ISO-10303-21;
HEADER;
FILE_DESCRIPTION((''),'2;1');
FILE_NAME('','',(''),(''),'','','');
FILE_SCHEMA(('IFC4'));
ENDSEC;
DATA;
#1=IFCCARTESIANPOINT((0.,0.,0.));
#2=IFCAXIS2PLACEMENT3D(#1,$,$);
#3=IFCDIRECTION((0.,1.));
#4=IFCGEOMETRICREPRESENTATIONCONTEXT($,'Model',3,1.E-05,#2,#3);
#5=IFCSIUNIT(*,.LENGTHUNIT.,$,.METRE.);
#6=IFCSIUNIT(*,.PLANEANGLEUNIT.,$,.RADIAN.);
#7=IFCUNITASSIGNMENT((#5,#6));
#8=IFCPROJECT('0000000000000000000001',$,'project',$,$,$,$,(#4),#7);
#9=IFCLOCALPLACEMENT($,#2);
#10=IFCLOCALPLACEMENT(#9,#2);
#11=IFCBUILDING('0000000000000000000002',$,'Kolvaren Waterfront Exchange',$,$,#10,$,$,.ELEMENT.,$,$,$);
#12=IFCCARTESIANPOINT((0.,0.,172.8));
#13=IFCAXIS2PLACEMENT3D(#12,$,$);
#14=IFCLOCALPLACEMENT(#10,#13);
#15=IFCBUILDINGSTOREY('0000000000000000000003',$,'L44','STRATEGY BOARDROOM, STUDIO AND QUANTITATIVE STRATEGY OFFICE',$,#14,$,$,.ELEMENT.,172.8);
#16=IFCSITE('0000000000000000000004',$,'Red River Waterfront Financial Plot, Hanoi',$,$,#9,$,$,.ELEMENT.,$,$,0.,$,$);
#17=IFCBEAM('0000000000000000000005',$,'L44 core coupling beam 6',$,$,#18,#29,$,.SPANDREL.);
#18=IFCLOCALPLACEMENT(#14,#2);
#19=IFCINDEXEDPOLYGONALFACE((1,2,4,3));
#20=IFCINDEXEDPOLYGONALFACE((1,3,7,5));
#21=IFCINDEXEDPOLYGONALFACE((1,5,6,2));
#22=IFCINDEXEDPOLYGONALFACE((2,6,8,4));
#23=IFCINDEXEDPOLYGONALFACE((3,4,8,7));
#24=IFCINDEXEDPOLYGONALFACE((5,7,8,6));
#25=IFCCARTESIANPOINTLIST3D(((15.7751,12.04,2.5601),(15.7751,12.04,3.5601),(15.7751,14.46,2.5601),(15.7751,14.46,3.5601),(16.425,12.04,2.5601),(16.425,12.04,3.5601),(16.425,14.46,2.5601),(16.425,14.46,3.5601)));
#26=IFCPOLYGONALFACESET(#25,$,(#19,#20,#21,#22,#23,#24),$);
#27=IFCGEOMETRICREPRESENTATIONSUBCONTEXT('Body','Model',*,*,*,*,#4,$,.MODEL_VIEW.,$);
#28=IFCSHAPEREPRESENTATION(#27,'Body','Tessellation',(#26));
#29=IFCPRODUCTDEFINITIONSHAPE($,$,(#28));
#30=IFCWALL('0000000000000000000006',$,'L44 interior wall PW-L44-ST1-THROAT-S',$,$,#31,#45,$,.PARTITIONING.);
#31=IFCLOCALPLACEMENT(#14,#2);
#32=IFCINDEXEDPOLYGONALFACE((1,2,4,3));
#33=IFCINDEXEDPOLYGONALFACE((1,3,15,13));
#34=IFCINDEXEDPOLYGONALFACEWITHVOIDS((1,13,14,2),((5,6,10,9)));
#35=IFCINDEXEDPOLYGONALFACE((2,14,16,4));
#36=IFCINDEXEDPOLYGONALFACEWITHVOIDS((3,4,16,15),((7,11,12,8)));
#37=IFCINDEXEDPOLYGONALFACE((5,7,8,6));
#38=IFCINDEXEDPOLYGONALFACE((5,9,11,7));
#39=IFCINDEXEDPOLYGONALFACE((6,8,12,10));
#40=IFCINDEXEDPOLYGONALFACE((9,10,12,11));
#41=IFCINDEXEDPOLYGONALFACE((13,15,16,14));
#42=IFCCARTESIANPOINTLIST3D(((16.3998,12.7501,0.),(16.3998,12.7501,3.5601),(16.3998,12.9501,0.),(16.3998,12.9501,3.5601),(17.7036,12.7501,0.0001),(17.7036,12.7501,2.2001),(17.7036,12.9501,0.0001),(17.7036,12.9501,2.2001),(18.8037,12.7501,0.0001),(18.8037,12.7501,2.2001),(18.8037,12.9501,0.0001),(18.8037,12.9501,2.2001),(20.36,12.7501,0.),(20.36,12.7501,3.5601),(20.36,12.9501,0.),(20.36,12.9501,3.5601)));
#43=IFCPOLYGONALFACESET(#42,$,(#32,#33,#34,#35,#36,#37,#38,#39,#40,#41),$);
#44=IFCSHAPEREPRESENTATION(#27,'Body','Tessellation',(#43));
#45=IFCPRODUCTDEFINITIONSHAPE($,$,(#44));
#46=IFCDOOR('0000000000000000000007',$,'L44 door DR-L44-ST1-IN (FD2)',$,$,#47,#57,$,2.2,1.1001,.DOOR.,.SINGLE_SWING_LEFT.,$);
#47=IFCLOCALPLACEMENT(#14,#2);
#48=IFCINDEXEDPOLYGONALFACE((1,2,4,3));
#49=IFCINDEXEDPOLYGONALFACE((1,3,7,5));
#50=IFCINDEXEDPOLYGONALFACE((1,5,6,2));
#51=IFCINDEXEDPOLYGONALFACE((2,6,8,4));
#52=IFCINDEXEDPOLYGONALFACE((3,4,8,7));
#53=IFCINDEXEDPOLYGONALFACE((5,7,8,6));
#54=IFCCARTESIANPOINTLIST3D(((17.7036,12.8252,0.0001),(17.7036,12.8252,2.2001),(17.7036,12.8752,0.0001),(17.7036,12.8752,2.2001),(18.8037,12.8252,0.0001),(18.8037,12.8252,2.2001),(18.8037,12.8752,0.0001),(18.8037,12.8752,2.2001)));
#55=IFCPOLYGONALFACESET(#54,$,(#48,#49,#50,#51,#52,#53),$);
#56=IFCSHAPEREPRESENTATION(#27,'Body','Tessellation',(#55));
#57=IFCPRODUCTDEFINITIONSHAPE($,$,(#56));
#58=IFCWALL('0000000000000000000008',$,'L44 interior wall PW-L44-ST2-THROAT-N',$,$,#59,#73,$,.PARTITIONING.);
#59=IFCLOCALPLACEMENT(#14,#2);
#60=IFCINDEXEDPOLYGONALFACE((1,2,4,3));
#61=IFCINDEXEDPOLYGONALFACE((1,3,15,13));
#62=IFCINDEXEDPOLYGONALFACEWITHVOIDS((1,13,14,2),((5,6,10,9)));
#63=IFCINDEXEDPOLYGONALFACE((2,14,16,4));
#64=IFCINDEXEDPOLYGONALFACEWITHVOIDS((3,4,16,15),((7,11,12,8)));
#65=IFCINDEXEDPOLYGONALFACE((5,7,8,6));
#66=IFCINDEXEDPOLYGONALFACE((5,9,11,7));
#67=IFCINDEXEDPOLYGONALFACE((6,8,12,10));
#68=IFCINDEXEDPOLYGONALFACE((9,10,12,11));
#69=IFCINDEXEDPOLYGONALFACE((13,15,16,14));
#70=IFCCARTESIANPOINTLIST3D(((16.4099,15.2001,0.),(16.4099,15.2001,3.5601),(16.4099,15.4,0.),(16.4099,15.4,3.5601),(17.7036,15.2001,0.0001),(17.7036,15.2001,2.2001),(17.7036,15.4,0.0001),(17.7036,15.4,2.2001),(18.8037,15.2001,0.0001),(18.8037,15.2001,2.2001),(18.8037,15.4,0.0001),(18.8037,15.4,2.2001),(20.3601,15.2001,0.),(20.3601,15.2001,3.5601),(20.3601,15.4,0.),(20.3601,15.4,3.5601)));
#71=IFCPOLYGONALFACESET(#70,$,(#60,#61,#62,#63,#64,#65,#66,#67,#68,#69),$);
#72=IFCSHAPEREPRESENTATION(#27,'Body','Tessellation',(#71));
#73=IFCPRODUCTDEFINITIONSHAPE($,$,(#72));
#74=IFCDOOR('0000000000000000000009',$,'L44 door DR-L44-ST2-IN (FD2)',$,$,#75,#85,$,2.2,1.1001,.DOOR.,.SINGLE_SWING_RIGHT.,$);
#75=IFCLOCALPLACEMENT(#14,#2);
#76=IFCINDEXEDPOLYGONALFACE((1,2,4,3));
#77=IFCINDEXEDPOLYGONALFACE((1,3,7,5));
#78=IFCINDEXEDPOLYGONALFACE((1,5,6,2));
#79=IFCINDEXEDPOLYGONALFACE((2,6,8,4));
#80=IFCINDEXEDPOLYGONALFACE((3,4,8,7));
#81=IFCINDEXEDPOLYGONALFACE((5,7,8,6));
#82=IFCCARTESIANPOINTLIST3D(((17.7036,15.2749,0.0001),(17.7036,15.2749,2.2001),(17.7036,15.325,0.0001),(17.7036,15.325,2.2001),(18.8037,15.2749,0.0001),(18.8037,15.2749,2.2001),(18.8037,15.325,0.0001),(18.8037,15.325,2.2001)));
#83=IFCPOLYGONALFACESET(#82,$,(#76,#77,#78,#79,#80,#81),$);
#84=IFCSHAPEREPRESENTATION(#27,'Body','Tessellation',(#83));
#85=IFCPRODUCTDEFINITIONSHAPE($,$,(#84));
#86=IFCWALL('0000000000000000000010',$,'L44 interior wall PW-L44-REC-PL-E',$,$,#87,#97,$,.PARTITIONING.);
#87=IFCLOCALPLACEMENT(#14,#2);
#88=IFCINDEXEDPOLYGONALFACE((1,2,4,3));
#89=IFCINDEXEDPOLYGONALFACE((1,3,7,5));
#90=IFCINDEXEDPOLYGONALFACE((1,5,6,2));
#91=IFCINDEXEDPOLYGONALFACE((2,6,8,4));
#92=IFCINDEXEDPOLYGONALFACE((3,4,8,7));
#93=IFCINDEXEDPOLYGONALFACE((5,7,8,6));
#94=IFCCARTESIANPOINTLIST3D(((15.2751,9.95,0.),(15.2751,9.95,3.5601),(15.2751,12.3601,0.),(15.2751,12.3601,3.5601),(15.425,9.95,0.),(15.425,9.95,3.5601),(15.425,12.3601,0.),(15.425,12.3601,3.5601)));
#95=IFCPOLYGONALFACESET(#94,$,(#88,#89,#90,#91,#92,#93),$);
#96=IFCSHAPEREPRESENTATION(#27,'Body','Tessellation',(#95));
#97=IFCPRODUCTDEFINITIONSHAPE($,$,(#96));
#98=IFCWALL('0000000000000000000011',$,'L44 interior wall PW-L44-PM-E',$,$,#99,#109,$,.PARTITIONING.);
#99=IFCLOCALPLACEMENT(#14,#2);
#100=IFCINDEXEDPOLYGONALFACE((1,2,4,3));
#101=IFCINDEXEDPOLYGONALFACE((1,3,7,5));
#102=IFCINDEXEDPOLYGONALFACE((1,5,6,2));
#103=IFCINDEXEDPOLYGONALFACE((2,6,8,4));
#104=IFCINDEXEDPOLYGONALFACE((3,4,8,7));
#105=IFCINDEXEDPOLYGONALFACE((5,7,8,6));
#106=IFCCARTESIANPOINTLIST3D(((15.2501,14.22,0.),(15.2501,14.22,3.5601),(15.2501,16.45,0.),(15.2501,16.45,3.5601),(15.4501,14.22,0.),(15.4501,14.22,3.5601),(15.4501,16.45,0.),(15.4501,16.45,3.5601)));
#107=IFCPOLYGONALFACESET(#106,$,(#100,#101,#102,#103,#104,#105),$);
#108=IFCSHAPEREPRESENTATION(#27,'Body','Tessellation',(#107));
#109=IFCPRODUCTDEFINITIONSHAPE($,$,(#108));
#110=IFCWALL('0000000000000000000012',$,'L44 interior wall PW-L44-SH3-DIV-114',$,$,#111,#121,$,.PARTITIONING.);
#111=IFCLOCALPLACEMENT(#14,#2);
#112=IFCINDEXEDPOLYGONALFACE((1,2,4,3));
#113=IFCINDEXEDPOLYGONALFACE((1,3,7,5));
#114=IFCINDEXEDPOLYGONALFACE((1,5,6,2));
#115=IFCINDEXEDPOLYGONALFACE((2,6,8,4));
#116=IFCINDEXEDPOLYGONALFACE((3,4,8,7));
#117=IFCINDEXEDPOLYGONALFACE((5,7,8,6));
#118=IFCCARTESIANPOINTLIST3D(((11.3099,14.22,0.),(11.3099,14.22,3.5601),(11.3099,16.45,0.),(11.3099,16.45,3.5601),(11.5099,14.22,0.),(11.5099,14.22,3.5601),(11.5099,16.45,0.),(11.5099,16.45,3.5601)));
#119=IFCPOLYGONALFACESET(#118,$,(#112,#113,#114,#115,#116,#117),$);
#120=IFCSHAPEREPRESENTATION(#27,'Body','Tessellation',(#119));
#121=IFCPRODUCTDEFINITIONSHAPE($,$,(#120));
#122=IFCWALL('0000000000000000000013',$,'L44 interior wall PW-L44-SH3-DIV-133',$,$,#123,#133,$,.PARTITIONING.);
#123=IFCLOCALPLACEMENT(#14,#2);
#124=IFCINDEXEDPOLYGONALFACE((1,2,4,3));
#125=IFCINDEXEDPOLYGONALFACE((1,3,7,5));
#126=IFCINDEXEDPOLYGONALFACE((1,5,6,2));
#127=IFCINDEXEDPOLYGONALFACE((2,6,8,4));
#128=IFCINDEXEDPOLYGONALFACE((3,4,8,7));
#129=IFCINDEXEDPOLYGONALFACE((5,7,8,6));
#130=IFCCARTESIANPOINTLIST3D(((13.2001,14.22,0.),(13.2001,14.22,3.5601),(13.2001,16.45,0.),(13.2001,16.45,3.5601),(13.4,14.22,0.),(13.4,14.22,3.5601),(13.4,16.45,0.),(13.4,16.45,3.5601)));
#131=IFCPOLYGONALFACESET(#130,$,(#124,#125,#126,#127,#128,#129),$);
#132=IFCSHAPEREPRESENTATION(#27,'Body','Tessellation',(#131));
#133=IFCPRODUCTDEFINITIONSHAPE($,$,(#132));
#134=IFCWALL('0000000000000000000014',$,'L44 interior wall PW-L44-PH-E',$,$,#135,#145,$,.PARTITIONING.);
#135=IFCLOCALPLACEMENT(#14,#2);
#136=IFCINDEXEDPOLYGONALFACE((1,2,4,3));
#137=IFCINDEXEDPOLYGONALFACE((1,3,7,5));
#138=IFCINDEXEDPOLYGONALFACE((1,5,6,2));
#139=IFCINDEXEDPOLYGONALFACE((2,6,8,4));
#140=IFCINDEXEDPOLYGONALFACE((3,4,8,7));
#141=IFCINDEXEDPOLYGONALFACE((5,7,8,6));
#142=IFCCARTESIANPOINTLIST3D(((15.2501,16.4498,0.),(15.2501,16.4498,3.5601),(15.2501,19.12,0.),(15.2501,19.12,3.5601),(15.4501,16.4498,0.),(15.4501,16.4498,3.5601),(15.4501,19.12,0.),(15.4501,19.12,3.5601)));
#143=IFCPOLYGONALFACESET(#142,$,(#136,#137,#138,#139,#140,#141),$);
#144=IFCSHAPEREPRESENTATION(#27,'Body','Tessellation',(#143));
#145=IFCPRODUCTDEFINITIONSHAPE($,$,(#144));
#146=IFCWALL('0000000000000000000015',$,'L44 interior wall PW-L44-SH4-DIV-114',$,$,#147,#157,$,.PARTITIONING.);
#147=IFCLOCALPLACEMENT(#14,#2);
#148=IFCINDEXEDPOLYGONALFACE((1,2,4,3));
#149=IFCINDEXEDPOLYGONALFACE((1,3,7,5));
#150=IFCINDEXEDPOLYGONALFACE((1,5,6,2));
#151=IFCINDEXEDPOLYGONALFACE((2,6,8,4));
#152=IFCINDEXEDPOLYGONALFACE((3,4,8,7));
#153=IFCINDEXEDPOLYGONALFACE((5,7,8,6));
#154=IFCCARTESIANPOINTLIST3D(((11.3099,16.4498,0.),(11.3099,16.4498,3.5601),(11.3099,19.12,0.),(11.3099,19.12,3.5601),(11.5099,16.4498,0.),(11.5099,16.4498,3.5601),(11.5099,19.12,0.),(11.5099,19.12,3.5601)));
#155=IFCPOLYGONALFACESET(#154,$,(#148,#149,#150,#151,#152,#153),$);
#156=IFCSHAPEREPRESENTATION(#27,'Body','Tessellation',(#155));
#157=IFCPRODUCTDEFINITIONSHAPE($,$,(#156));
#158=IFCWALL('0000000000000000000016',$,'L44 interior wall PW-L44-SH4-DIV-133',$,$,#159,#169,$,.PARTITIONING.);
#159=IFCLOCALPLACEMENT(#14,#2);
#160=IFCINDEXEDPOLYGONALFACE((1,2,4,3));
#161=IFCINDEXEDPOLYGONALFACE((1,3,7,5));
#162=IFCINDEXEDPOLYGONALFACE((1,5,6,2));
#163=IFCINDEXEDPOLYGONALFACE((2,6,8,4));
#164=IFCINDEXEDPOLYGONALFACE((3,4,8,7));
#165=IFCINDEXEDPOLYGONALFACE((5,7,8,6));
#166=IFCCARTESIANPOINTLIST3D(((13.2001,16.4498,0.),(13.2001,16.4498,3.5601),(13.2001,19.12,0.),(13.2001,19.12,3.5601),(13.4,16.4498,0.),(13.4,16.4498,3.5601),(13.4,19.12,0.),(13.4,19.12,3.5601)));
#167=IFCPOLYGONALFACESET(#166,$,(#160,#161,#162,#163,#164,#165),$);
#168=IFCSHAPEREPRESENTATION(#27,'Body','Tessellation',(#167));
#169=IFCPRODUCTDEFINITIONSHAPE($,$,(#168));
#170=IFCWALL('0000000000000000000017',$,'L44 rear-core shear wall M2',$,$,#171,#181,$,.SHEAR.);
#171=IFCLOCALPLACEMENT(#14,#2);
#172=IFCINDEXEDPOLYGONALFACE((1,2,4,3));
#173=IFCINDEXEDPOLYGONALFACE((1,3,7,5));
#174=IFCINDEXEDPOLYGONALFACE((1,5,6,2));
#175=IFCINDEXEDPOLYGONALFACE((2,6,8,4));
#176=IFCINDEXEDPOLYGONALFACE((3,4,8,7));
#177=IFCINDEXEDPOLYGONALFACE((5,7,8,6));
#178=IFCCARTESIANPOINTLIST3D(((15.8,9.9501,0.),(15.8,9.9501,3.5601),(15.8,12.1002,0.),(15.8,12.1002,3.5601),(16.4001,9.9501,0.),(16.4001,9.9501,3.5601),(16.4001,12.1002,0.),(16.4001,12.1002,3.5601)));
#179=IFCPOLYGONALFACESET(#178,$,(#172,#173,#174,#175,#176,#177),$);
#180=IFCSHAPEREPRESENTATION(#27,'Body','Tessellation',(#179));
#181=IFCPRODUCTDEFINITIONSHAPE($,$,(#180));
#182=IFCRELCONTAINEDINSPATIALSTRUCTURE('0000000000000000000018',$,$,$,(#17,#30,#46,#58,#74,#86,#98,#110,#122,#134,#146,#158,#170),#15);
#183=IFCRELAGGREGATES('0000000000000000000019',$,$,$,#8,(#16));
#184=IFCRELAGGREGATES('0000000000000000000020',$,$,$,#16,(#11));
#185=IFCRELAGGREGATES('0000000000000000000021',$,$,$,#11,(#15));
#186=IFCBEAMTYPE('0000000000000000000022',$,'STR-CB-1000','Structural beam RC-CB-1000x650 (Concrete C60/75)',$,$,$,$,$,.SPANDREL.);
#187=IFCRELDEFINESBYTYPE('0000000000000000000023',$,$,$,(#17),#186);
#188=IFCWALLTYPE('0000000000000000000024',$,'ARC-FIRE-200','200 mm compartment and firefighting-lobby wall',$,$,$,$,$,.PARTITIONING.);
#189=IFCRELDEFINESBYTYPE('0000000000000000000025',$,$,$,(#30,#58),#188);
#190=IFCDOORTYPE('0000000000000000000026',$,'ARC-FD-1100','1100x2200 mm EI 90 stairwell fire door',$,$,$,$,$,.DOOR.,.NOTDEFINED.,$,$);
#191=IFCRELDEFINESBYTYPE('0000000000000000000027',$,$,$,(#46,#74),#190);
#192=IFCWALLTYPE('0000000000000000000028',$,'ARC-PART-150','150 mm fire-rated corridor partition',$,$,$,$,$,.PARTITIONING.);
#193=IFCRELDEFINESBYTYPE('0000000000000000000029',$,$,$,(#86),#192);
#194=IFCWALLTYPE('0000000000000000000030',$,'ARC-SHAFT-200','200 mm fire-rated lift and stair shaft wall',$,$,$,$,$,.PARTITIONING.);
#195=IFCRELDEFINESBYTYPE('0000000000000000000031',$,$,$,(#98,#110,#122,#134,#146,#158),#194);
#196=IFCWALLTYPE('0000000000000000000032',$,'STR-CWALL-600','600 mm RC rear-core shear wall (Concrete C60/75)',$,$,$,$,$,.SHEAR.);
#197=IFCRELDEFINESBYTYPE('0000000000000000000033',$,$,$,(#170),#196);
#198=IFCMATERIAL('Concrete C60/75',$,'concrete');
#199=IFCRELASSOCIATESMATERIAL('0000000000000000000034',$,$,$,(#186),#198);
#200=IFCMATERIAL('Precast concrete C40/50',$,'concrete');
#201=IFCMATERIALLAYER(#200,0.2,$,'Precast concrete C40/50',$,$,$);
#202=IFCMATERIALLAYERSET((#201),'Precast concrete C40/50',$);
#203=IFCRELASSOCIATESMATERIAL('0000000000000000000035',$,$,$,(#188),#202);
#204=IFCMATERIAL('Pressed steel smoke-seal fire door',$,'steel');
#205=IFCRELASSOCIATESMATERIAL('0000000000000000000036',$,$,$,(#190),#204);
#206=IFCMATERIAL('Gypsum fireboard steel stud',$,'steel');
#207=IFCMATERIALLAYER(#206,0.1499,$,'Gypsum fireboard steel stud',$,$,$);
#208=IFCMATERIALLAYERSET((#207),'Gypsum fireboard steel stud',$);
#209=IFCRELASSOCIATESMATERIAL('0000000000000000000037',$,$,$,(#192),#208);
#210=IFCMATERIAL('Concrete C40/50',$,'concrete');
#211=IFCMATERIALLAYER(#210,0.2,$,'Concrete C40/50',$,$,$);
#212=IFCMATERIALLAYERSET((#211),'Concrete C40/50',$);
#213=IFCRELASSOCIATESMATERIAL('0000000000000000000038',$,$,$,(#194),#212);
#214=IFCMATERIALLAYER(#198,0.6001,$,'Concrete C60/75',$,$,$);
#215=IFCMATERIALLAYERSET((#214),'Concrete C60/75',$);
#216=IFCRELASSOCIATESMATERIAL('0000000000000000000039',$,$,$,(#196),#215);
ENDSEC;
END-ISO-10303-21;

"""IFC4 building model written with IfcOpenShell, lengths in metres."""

from ifc_helpers import new_model, si_unit, direction, frame, frame_2d, origin, origin_2d, place, context, subcontext, project, spatial, rectangle, extrude, material, layer, layer_set, material_profile, profile_set, type_object, element, fill, save


model = new_model("IFC4")

# Units and contexts
model_context = context("Model", 3, precision=1e-05, world=origin(), true_north=direction((0.0, 1.0)))
body_context = subcontext(model_context, "Body", "Model", "MODEL_VIEW")
ifc_project = project(units=[si_unit("LENGTHUNIT", "METRE"), si_unit("PLANEANGLEUNIT", "RADIAN")], contexts=[model_context])

# Site, building, storey
site_placement = place(None, origin())
site = spatial("IfcSite", under=ifc_project, at=site_placement, Name="Red River Waterfront Financial Plot, Hanoi", CompositionType="ELEMENT", RefElevation=0.0)
building_placement = place(site_placement, origin())
building = spatial("IfcBuilding", under=site, at=building_placement, Name="Kolvaren Waterfront Exchange", CompositionType="ELEMENT")
storey_placement = place(building_placement, frame((0.0, 0.0, 172.8)))
storey = spatial("IfcBuildingStorey", under=building, at=storey_placement, Name="L44", Description="STRATEGY BOARDROOM, STUDIO AND QUANTITATIVE STRATEGY OFFICE", CompositionType="ELEMENT", Elevation=172.8)

# Beam
ifc_material_1 = material(Name="Concrete C60/75", Category="concrete")
ifc_material_profile = material_profile(ifc_material_1, rectangle(XDim=0.6499, YDim=1.0, at=origin_2d()), Name="RC-CB-1000x650")
ifc_profile_set = profile_set([ifc_material_profile], Name="Concrete C60/75")
beam_type = type_object("IfcBeamType", Name="STR-CB-1000", Description="Structural beam RC-CB-1000x650 (Concrete C60/75)", PredefinedType="SPANDREL", material=ifc_profile_set)
beam_placement = place(storey_placement, frame((16.1001, 12.04, 3.0601), z_axis=(0.0, 1.0, 0.0), x_axis=(-1.0, 0.0, 0.0)))
element("IfcBeam", 1, at=beam_placement, inside=storey, type_object=beam_type, Name="L44 core coupling beam 6", PredefinedType="SPANDREL", context=body_context, shape_type="SweptSolid", body=[
    extrude(rectangle(XDim=0.6499, YDim=1.0, at=origin_2d()), origin(), (0.0, 0.0, 1.0), 2.4199),
])

# Walls, openings, doors
ifc_material_2 = material(Name="Precast concrete C40/50", Category="concrete")
ifc_layer_1 = layer(ifc_material_2, 0.2, Name="Precast concrete C40/50")
ifc_layer_set_1 = layer_set([ifc_layer_1], Name="Precast concrete C40/50")
wall_type_1 = type_object("IfcWallType", Name="ARC-FIRE-200", Description="200 mm compartment and firefighting-lobby wall", PredefinedType="PARTITIONING", material=ifc_layer_set_1)
wall_1_placement = place(storey_placement, frame((16.3999, 12.8501, 0.0), z_axis=(0.0, 0.0, 1.0), x_axis=(1.0, 0.0, 0.0)))
wall_1 = element("IfcWall", 2, at=wall_1_placement, inside=storey, type_object=wall_type_1, Name="L44 interior wall PW-L44-ST1-THROAT-S", PredefinedType="PARTITIONING", context=body_context, shape_type="SweptSolid", body=[
    extrude(rectangle(XDim=3.9602, YDim=0.2, at=frame_2d((1.98, 0.0))), origin(), (0.0, 0.0, 1.0), 3.5601),
])
opening_1_placement = place(wall_1_placement, frame((1.3037, 0.0, 0.0)))
opening_1 = element("IfcOpeningElement", 3, at=opening_1_placement, cuts=wall_1, PredefinedType="OPENING", context=body_context, shape_type="SweptSolid", body=[
    extrude(rectangle(XDim=1.1001, YDim=2.2, at=frame_2d((0.55, 1.1001))), frame((0.0, 0.1099, 0.0), z_axis=(0.0, -1.0, 0.0), x_axis=(1.0, 0.0, 0.0)), (0.0, 0.0, 1.0), 0.22),
])
ifc_material_3 = material(Name="Pressed steel smoke-seal fire door", Category="steel")
door_type = type_object("IfcDoorType", Name="ARC-FD-1100", Description="1100x2200 mm EI 90 stairwell fire door", OperationType="NOTDEFINED", PredefinedType="DOOR", material=ifc_material_3)
door_1_placement = place(opening_1_placement, frame((1.1001, 0.0, 0.0), z_axis=(0.0, 0.0, 1.0), x_axis=(-1.0, 0.0, 0.0)))
door_1 = element("IfcDoor", 4, at=door_1_placement, inside=storey, type_object=door_type, Name="L44 door DR-L44-ST1-IN (FD2)", OperationType="SINGLE_SWING_LEFT", OverallHeight=2.2, OverallWidth=1.1001, PredefinedType="DOOR", context=body_context, shape_type="SweptSolid", body=[
    extrude(rectangle(XDim=1.1001, YDim=2.2, at=frame_2d((0.55, 1.1001))), frame((0.0, 0.0249, 0.0), z_axis=(0.0, -1.0, 0.0), x_axis=(1.0, 0.0, 0.0)), (0.0, 0.0, 1.0), 0.05),
])
fill(opening_1, door_1)
wall_2_placement = place(storey_placement, frame((16.4099, 15.3, 0.0), z_axis=(0.0, 0.0, 1.0), x_axis=(1.0, 0.0, 0.0)))
wall_2 = element("IfcWall", 5, at=wall_2_placement, inside=storey, type_object=wall_type_1, Name="L44 interior wall PW-L44-ST2-THROAT-N", PredefinedType="PARTITIONING", context=body_context, shape_type="SweptSolid", body=[
    extrude(rectangle(XDim=3.9502, YDim=0.2, at=frame_2d((1.9751, 0.0))), origin(), (0.0, 0.0, 1.0), 3.5601),
])
opening_2_placement = place(wall_2_placement, frame((1.2937, 0.0, 0.0)))
opening_2 = element("IfcOpeningElement", 6, at=opening_2_placement, cuts=wall_2, PredefinedType="OPENING", context=body_context, shape_type="SweptSolid", body=[
    extrude(rectangle(XDim=1.1001, YDim=2.2, at=frame_2d((0.55, 1.1001))), frame((0.0, 0.1099, 0.0), z_axis=(0.0, -1.0, 0.0), x_axis=(1.0, 0.0, 0.0)), (0.0, 0.0, 1.0), 0.22),
])
door_2_placement = place(opening_2_placement, origin())
door_2 = element("IfcDoor", 7, at=door_2_placement, inside=storey, type_object=door_type, Name="L44 door DR-L44-ST2-IN (FD2)", OperationType="SINGLE_SWING_RIGHT", OverallHeight=2.2, OverallWidth=1.1001, PredefinedType="DOOR", context=body_context, shape_type="SweptSolid", body=[
    extrude(rectangle(XDim=1.1001, YDim=2.2, at=frame_2d((0.55, 1.1001))), frame((0.0, 0.0249, 0.0), z_axis=(0.0, -1.0, 0.0), x_axis=(1.0, 0.0, 0.0)), (0.0, 0.0, 1.0), 0.05),
])
fill(opening_2, door_2)

# Walls
ifc_material_4 = material(Name="Gypsum fireboard steel stud", Category="steel")
ifc_layer_2 = layer(ifc_material_4, 0.1499, Name="Gypsum fireboard steel stud")
ifc_layer_set_2 = layer_set([ifc_layer_2], Name="Gypsum fireboard steel stud")
wall_type_2 = type_object("IfcWallType", Name="ARC-PART-150", Description="150 mm fire-rated corridor partition", PredefinedType="PARTITIONING", material=ifc_layer_set_2)
wall_3_placement = place(storey_placement, frame((15.3501, 9.95, 0.0), z_axis=(0.0, 0.0, 1.0), x_axis=(0.0, 1.0, 0.0)))
element("IfcWall", 8, at=wall_3_placement, inside=storey, type_object=wall_type_2, Name="L44 interior wall PW-L44-REC-PL-E", PredefinedType="PARTITIONING", context=body_context, shape_type="SweptSolid", body=[
    extrude(rectangle(XDim=2.4102, YDim=0.1499, at=frame_2d((1.2051, 0.0))), origin(), (0.0, 0.0, 1.0), 3.5601),
])
ifc_material_5 = material(Name="Concrete C40/50", Category="concrete")
ifc_layer_3 = layer(ifc_material_5, 0.2, Name="Concrete C40/50")
ifc_layer_set_3 = layer_set([ifc_layer_3], Name="Concrete C40/50")
wall_type_3 = type_object("IfcWallType", Name="ARC-SHAFT-200", Description="200 mm fire-rated lift and stair shaft wall", PredefinedType="PARTITIONING", material=ifc_layer_set_3)
for number, where, z_axis, x_axis, name in (
    (9, (15.3501, 14.22, 0.0), (0.0, 0.0, 1.0), (0.0, 1.0, 0.0), "L44 interior wall PW-L44-PM-E"),
    (10, (11.4099, 14.22, 0.0), (0.0, 0.0, 1.0), (0.0, 1.0, 0.0), "L44 interior wall PW-L44-SH3-DIV-114"),
    (11, (13.3, 14.22, 0.0), (0.0, 0.0, 1.0), (0.0, 1.0, 0.0), "L44 interior wall PW-L44-SH3-DIV-133"),
):
    element("IfcWall", number, at=place(storey_placement, frame(where, z_axis=z_axis, x_axis=x_axis)), inside=storey, type_object=wall_type_3, Name=name, PredefinedType="PARTITIONING", context=body_context, shape_type="SweptSolid", body=[
        extrude(rectangle(XDim=2.23, YDim=0.2, at=frame_2d((1.115, 0.0))), origin(), (0.0, 0.0, 1.0), 3.5601),
    ])
for number, where, z_axis, x_axis, name in (
    (12, (15.3501, 16.45, 0.0), (0.0, 0.0, 1.0), (0.0, 1.0, 0.0), "L44 interior wall PW-L44-PH-E"),
    (13, (11.4099, 16.45, 0.0), (0.0, 0.0, 1.0), (0.0, 1.0, 0.0), "L44 interior wall PW-L44-SH4-DIV-114"),
    (14, (13.3, 16.45, 0.0), (0.0, 0.0, 1.0), (0.0, 1.0, 0.0), "L44 interior wall PW-L44-SH4-DIV-133"),
):
    element("IfcWall", number, at=place(storey_placement, frame(where, z_axis=z_axis, x_axis=x_axis)), inside=storey, type_object=wall_type_3, Name=name, PredefinedType="PARTITIONING", context=body_context, shape_type="SweptSolid", body=[
        extrude(rectangle(XDim=2.6702, YDim=0.2, at=frame_2d((1.335, 0.0))), origin(), (0.0, 0.0, 1.0), 3.5601),
    ])
ifc_layer_4 = layer(ifc_material_1, 0.6001, Name="Concrete C60/75")
ifc_layer_set_4 = layer_set([ifc_layer_4], Name="Concrete C60/75")
wall_type_4 = type_object("IfcWallType", Name="STR-CWALL-600", Description="600 mm RC rear-core shear wall (Concrete C60/75)", PredefinedType="SHEAR", material=ifc_layer_set_4)
wall_4_placement = place(storey_placement, frame((16.1001, 9.95, 0.0), z_axis=(0.0, 0.0, 1.0), x_axis=(0.0, 1.0, 0.0)))
element("IfcWall", 15, at=wall_4_placement, inside=storey, type_object=wall_type_4, Name="L44 rear-core shear wall M2", PredefinedType="SHEAR", context=body_context, shape_type="SweptSolid", body=[
    extrude(rectangle(XDim=2.1501, YDim=0.6001, at=frame_2d((1.0752, 0.0))), origin(), (0.0, 0.0, 1.0), 3.5601),
])

save(model, "model.ifc")
